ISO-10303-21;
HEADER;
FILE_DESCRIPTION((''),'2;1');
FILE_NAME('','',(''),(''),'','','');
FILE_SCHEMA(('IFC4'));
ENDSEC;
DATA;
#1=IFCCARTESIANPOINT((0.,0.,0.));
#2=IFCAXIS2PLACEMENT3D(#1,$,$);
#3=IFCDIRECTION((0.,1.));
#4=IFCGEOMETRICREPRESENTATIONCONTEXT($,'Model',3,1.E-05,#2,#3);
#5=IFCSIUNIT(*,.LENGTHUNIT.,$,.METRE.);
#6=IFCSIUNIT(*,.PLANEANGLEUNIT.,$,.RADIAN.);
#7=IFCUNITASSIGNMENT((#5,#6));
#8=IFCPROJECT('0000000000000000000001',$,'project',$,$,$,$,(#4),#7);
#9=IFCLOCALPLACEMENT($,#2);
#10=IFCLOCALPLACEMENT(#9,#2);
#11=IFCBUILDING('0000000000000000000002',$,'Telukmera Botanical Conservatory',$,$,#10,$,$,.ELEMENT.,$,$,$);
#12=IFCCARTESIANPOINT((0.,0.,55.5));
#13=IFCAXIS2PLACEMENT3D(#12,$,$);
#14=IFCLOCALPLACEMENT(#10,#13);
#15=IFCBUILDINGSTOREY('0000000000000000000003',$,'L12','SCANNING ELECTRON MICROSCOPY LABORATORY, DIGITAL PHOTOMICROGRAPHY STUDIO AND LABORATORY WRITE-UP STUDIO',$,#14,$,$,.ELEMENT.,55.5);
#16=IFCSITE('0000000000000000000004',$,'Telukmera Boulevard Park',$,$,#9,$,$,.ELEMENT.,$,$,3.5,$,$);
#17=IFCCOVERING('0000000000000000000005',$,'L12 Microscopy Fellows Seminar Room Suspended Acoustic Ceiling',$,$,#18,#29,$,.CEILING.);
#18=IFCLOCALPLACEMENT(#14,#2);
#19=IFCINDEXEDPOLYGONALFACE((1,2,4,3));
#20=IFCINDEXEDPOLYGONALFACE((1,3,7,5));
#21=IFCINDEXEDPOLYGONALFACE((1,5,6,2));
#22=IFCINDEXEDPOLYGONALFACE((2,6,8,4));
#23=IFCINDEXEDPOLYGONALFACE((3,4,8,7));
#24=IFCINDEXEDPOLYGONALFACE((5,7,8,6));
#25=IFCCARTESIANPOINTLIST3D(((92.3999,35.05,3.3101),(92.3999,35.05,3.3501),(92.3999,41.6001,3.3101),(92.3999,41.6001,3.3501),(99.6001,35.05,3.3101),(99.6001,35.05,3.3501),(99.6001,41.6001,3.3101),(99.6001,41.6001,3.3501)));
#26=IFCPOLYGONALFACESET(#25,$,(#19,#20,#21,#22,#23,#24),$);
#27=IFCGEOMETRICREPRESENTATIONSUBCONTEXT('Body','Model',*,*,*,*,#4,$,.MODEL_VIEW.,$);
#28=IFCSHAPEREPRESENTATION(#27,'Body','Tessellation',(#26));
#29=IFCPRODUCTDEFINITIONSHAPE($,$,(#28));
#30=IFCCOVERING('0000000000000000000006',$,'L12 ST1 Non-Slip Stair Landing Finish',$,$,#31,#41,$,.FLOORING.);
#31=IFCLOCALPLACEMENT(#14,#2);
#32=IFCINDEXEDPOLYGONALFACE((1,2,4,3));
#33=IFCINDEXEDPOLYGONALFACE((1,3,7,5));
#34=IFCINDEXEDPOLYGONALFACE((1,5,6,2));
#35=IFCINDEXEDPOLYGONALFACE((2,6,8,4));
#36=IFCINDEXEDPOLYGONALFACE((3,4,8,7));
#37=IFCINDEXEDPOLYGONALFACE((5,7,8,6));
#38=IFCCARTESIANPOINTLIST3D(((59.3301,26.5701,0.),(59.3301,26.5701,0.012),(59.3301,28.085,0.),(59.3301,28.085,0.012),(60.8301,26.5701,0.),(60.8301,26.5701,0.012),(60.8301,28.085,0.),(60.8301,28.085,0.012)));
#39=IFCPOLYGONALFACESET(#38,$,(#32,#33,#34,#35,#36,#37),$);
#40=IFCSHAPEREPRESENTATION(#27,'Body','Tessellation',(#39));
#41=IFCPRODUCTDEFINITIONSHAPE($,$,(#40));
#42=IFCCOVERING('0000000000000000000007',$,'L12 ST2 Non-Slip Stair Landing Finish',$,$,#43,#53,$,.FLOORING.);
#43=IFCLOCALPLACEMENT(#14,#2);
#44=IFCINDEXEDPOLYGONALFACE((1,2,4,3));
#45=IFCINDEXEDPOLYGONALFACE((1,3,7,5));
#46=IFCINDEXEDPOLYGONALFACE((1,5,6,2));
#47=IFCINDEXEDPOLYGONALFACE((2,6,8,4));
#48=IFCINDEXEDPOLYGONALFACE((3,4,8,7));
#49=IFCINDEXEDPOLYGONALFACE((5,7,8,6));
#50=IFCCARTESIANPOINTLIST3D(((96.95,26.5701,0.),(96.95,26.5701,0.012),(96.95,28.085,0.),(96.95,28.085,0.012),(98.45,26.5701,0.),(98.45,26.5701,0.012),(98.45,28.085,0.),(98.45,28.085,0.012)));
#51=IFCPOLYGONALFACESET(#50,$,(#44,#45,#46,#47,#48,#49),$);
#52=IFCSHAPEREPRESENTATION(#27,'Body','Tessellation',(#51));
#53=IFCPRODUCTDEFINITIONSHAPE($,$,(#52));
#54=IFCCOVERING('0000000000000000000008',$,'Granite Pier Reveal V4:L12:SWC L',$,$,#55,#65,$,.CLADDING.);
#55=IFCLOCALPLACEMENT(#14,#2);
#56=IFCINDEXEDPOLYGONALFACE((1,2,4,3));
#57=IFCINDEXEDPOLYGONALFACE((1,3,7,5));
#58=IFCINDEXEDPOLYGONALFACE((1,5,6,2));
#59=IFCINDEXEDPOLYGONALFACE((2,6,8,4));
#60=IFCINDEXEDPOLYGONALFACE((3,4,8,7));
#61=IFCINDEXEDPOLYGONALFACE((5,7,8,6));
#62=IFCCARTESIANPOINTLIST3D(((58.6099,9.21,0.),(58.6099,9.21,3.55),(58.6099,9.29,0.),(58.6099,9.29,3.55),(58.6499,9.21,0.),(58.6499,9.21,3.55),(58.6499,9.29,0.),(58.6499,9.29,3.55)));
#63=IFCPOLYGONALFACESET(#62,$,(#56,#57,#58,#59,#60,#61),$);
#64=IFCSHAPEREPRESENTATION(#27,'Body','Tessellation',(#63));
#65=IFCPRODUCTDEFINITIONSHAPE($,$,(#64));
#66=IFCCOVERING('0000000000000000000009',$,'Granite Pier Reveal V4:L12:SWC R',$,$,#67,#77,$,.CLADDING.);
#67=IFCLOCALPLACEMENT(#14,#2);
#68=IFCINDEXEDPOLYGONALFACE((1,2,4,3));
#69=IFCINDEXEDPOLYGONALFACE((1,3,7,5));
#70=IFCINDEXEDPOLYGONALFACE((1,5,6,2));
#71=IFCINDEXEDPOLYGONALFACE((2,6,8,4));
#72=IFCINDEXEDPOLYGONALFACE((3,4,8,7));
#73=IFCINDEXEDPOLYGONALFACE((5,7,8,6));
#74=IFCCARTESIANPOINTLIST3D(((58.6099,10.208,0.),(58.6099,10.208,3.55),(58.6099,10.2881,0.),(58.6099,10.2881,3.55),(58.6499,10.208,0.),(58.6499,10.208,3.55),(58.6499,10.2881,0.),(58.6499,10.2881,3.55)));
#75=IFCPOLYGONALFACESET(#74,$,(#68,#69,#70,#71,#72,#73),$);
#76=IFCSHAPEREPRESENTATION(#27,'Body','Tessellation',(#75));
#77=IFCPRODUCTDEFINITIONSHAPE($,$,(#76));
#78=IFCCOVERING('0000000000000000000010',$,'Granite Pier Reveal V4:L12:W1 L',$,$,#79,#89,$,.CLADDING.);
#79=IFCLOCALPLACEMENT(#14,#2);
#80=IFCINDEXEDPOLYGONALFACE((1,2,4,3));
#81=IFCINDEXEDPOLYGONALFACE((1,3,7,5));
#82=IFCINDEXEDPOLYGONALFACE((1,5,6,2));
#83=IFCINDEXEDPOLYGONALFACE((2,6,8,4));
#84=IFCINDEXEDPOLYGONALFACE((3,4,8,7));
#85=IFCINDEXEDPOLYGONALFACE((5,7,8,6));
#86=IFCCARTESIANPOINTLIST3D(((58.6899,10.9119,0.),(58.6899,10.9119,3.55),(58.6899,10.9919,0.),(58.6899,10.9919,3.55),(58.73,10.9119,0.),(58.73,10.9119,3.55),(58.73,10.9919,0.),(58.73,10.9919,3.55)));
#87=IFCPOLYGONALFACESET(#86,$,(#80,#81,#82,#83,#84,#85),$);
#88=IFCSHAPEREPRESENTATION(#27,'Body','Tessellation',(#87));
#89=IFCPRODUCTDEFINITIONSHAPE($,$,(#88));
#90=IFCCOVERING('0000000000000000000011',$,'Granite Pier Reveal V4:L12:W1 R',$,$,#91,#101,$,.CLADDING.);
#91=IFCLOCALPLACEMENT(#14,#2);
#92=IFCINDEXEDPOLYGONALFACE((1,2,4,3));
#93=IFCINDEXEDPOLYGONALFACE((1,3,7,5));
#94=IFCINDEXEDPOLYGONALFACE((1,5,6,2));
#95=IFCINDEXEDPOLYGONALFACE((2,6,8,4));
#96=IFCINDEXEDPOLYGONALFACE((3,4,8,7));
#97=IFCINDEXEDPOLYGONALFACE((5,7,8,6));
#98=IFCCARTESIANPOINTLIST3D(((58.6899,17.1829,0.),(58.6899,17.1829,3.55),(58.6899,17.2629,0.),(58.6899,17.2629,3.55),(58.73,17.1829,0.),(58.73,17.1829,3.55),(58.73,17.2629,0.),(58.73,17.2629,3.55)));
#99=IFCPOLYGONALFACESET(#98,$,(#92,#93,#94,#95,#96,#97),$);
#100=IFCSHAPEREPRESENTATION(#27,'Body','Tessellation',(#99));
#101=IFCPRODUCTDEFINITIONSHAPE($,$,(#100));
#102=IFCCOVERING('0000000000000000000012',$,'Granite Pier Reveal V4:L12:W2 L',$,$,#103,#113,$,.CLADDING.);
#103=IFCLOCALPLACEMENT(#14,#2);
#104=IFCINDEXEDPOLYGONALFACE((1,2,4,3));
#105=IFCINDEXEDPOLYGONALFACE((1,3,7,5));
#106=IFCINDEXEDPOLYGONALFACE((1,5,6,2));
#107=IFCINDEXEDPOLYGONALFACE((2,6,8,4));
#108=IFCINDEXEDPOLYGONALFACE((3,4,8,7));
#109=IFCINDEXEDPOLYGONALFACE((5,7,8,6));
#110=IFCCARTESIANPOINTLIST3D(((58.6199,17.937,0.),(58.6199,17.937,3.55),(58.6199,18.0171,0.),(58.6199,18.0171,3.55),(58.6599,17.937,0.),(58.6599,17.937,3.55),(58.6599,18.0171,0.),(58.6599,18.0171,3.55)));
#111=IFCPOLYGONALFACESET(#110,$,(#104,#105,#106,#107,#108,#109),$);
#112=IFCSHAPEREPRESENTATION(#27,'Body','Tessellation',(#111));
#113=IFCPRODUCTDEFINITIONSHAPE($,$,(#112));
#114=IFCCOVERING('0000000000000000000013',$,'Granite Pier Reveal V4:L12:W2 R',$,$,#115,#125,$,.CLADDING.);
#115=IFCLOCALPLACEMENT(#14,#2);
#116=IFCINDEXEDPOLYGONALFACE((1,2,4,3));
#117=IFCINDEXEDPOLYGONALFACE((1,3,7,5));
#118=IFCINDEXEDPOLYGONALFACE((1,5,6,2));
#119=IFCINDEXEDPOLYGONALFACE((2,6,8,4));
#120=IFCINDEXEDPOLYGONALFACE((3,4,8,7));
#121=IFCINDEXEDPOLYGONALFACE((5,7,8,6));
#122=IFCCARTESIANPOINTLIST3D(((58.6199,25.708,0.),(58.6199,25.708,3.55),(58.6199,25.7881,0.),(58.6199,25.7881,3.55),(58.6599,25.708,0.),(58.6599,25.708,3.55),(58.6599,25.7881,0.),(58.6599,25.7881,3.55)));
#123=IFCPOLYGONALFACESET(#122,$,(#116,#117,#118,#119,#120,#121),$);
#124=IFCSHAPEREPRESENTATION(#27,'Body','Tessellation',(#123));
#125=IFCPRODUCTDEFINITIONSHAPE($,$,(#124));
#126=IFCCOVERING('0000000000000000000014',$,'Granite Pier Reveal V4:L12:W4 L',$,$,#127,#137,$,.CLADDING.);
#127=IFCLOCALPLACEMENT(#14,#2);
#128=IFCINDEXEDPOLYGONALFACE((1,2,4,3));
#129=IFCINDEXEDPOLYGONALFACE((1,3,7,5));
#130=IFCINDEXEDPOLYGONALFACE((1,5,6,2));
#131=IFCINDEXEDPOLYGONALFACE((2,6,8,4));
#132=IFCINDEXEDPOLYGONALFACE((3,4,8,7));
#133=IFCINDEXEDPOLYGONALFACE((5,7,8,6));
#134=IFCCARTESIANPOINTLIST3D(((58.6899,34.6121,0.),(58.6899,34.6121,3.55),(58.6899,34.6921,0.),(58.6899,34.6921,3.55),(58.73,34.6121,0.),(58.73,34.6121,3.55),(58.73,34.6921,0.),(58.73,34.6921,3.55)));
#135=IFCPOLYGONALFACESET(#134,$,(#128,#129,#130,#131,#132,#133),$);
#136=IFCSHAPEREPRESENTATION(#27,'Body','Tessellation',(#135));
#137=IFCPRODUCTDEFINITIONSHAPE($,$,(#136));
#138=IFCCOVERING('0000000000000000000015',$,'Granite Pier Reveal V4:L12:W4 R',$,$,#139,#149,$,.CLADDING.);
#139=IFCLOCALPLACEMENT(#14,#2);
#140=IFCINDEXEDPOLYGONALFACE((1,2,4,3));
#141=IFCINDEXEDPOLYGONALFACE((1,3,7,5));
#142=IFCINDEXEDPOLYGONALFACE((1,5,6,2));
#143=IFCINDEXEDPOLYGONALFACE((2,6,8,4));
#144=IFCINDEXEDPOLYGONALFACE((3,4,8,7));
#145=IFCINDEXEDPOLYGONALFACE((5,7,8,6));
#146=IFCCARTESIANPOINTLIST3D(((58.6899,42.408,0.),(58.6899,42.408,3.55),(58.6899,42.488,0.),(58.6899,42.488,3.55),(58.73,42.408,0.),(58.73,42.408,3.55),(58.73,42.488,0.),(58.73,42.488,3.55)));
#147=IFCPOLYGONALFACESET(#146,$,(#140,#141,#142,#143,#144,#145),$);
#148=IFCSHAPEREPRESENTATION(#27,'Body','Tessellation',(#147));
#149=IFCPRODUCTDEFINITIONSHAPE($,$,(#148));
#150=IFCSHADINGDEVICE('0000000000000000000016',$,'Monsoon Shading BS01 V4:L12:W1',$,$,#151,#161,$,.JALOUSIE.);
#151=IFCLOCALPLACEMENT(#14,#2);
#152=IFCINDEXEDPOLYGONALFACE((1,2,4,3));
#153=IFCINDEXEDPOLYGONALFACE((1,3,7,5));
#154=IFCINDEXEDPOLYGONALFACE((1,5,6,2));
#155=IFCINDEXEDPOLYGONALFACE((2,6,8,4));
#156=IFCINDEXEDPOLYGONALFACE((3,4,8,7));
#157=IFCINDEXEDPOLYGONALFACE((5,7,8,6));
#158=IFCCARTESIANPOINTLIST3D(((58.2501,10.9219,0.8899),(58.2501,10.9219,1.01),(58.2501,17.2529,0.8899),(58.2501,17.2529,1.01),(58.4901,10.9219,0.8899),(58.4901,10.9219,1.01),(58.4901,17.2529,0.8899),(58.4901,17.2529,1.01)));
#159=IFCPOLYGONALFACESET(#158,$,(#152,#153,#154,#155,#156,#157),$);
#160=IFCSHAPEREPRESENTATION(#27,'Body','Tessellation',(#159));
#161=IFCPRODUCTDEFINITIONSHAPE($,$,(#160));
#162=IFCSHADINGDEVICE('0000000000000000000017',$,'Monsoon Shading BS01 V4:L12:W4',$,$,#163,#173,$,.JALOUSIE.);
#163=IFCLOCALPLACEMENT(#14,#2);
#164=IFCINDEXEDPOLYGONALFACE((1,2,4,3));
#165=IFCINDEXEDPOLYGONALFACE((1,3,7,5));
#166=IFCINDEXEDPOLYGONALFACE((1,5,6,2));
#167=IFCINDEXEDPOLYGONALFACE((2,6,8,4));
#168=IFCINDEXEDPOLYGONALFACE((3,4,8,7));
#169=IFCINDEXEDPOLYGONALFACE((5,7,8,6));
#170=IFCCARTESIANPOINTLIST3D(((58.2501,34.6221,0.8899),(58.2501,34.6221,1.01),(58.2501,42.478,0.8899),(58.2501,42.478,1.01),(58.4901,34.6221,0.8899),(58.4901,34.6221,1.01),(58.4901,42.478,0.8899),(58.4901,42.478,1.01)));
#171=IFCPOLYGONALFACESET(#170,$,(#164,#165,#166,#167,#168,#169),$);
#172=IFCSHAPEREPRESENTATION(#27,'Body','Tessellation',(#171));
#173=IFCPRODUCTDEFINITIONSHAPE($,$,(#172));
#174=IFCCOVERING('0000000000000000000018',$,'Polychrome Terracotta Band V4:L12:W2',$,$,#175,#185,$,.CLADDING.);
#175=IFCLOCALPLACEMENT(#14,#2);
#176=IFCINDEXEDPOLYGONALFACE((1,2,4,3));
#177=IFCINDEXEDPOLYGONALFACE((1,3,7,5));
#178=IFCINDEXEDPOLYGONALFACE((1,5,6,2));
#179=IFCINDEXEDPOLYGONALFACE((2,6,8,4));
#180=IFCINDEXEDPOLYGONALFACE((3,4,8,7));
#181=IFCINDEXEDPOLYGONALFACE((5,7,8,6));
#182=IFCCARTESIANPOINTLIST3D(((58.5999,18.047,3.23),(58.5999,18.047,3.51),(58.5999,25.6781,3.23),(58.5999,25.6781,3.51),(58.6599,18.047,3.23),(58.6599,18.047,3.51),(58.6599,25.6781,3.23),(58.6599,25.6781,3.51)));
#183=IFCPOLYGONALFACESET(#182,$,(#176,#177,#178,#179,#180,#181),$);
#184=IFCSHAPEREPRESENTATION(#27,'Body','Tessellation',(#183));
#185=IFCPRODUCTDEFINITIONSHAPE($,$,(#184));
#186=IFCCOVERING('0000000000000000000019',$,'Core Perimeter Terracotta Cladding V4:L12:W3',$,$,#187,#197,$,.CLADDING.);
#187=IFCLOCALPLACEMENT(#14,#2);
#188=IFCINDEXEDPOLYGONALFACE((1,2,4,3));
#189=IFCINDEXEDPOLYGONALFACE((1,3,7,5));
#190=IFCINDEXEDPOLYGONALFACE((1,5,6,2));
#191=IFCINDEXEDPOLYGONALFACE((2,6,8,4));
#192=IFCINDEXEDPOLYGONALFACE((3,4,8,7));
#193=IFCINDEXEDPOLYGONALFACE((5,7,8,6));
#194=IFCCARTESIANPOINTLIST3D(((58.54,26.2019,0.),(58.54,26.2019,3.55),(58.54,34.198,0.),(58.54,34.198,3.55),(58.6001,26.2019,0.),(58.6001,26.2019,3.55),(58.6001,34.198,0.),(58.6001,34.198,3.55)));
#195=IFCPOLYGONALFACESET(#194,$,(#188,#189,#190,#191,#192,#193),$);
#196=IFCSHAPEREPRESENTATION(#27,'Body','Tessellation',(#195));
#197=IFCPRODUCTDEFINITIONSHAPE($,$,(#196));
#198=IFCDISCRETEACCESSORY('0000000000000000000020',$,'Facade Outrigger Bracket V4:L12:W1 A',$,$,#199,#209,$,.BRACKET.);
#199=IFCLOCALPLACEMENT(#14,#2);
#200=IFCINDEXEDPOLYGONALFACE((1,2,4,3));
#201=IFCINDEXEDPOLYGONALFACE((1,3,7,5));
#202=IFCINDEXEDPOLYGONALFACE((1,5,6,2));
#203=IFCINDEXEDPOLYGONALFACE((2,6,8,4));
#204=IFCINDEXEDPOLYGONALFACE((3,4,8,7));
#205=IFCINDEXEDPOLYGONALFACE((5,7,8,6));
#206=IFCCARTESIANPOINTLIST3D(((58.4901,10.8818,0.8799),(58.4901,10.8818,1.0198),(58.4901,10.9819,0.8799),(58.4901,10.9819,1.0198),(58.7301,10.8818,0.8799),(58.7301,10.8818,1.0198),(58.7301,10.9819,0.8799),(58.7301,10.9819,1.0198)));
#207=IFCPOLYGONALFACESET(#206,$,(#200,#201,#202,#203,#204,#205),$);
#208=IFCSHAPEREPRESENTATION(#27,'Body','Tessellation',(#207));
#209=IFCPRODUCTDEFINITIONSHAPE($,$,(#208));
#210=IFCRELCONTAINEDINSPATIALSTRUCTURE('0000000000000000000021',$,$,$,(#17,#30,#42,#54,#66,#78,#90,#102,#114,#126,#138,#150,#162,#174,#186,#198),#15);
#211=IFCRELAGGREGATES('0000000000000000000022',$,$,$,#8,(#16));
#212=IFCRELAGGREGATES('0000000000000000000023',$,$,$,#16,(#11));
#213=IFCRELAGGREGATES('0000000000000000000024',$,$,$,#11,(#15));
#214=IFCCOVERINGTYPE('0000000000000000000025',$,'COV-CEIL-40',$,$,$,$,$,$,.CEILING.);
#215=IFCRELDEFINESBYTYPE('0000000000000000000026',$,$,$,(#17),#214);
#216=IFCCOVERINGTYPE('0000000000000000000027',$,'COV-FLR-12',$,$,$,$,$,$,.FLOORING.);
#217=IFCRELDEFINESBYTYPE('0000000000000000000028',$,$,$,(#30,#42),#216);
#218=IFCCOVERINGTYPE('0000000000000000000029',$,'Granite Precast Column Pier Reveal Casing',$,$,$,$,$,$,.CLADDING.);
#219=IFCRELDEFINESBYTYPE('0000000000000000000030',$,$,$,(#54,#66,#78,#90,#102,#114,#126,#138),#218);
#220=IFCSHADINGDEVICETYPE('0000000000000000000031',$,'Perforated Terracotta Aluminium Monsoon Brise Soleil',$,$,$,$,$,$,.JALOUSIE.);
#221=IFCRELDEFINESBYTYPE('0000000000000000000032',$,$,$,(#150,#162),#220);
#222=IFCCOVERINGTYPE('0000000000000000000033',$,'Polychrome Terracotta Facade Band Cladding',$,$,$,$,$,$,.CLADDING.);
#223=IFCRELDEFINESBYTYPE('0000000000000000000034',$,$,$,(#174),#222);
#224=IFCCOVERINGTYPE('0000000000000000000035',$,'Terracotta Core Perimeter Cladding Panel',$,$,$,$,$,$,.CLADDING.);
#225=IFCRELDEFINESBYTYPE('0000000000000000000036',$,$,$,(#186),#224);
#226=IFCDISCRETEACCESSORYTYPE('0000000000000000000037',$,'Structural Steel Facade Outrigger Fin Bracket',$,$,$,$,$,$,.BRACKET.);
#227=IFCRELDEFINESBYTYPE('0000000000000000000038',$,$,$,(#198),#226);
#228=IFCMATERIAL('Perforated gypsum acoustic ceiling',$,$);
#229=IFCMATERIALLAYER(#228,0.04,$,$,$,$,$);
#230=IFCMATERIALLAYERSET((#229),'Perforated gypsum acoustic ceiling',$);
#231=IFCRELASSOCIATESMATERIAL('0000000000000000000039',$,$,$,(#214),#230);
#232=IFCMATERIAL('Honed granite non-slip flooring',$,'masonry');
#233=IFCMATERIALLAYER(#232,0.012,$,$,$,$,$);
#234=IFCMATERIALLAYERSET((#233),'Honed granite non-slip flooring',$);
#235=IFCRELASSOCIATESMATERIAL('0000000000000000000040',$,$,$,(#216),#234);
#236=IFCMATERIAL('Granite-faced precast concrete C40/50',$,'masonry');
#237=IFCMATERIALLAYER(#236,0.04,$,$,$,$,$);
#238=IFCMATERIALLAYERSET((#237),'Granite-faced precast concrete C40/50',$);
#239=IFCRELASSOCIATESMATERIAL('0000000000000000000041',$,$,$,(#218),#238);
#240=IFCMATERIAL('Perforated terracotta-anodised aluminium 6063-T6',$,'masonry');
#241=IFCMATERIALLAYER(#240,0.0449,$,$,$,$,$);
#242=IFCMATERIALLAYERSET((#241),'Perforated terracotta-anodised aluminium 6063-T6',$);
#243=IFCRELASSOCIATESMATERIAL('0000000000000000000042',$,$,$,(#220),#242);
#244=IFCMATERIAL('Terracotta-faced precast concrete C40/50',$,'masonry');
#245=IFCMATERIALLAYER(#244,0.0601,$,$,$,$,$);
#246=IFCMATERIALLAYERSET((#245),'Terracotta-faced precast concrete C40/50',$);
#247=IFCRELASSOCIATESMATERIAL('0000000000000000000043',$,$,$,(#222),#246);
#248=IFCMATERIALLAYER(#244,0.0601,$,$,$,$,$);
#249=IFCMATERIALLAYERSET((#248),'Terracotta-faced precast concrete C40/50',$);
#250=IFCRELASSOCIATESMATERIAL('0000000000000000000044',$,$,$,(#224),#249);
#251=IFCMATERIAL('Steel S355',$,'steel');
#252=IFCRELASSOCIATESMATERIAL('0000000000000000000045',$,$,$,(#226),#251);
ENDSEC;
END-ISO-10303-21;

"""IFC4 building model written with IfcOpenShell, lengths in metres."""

from ifc_helpers import new_model, si_unit, direction, frame, origin, origin_2d, place, context, subcontext, project, spatial, polyline, rectangle, outline, extrude, material, layer, layer_set, type_object, element, save


model = new_model("IFC4")

# Units and contexts
model_context = context("Model", 3, precision=1e-05, world=origin(), true_north=direction((0.0, 1.0)))
body_context = subcontext(model_context, "Body", "Model", "MODEL_VIEW")
ifc_project = project(units=[si_unit("LENGTHUNIT", "METRE"), si_unit("PLANEANGLEUNIT", "RADIAN")], contexts=[model_context])

# Site, building, storey
site_placement = place(None, origin())
site = spatial("IfcSite", under=ifc_project, at=site_placement, Name="Telukmera Boulevard Park", CompositionType="ELEMENT", RefElevation=3.5)
building_placement = place(site_placement, origin())
building = spatial("IfcBuilding", under=site, at=building_placement, Name="Telukmera Botanical Conservatory", CompositionType="ELEMENT")
storey_placement = place(building_placement, frame((0.0, 0.0, 55.5)))
storey = spatial("IfcBuildingStorey", under=building, at=storey_placement, Name="L12", Description="SCANNING ELECTRON MICROSCOPY LABORATORY, DIGITAL PHOTOMICROGRAPHY STUDIO AND LABORATORY WRITE-UP STUDIO", CompositionType="ELEMENT", Elevation=55.5)

# Coverings
ifc_material_1 = material(Name="Perforated gypsum acoustic ceiling")
ifc_layer_1 = layer(ifc_material_1, 0.04)
ifc_layer_set_1 = layer_set([ifc_layer_1], Name="Perforated gypsum acoustic ceiling")
covering_type_1 = type_object("IfcCoveringType", Name="COV-CEIL-40", PredefinedType="CEILING", material=ifc_layer_set_1)
covering_1_placement = place(storey_placement, frame((0.0, 0.0, 3.3101)))
element("IfcCovering", 1, at=covering_1_placement, inside=storey, type_object=covering_type_1, Name="L12 Microscopy Fellows Seminar Room Suspended Acoustic Ceiling", PredefinedType="CEILING", context=body_context, shape_type="SweptSolid", body=[
    extrude(outline(polyline([(92.3999, 35.05), (99.6001, 35.05), (99.6001, 41.6001), (92.3999, 41.6001), (92.3999, 35.05)])), origin(), (0.0, 0.0, 1.0), 0.04),
])
ifc_material_2 = material(Name="Honed granite non-slip flooring", Category="masonry")
ifc_layer_2 = layer(ifc_material_2, 0.012)
ifc_layer_set_2 = layer_set([ifc_layer_2], Name="Honed granite non-slip flooring")
covering_type_2 = type_object("IfcCoveringType", Name="COV-FLR-12", PredefinedType="FLOORING", material=ifc_layer_set_2)
covering_2_placement = place(storey_placement, origin())
element("IfcCovering", 2, at=covering_2_placement, inside=storey, type_object=covering_type_2, Name="L12 ST1 Non-Slip Stair Landing Finish", PredefinedType="FLOORING", context=body_context, shape_type="SweptSolid", body=[
    extrude(outline(polyline([(60.8301, 26.5701), (60.8301, 28.085), (59.3301, 28.085), (59.3301, 26.5701), (60.8301, 26.5701)])), origin(), (0.0, 0.0, 1.0), 0.012),
])
covering_3_placement = place(storey_placement, origin())
element("IfcCovering", 3, at=covering_3_placement, inside=storey, type_object=covering_type_2, Name="L12 ST2 Non-Slip Stair Landing Finish", PredefinedType="FLOORING", context=body_context, shape_type="SweptSolid", body=[
    extrude(outline(polyline([(98.45, 26.5701), (98.45, 28.085), (96.95, 28.085), (96.95, 26.5701), (98.45, 26.5701)])), origin(), (0.0, 0.0, 1.0), 0.012),
])
ifc_material_3 = material(Name="Granite-faced precast concrete C40/50", Category="masonry")
ifc_layer_3 = layer(ifc_material_3, 0.04)
ifc_layer_set_3 = layer_set([ifc_layer_3], Name="Granite-faced precast concrete C40/50")
covering_type_3 = type_object("IfcCoveringType", Name="Granite Precast Column Pier Reveal Casing", PredefinedType="CLADDING", material=ifc_layer_set_3)
for number, where, z_axis, x_axis, name in (
    (4, (58.6299, 9.25, 0.0), (0.0, 0.0, 1.0), (0.0, 1.0, 0.0), "Granite Pier Reveal V4:L12:SWC L"),
    (5, (58.6299, 10.248, 0.0), (0.0, 0.0, 1.0), (0.0, 1.0, 0.0), "Granite Pier Reveal V4:L12:SWC R"),
    (6, (58.71, 10.9519, 0.0), (0.0, 0.0, 1.0), (0.0, 1.0, 0.0), "Granite Pier Reveal V4:L12:W1 L"),
    (7, (58.71, 17.2229, 0.0), (0.0, 0.0, 1.0), (0.0, 1.0, 0.0), "Granite Pier Reveal V4:L12:W1 R"),
    (8, (58.6399, 17.9771, 0.0), (0.0, 0.0, 1.0), (0.0, 1.0, 0.0), "Granite Pier Reveal V4:L12:W2 L"),
    (9, (58.6399, 25.748, 0.0), (0.0, 0.0, 1.0), (0.0, 1.0, 0.0), "Granite Pier Reveal V4:L12:W2 R"),
    (10, (58.71, 34.6521, 0.0), (0.0, 0.0, 1.0), (0.0, 1.0, 0.0), "Granite Pier Reveal V4:L12:W4 L"),
    (11, (58.71, 42.448, 0.0), (0.0, 0.0, 1.0), (0.0, 1.0, 0.0), "Granite Pier Reveal V4:L12:W4 R"),
):
    element("IfcCovering", number, at=place(storey_placement, frame(where, z_axis=z_axis, x_axis=x_axis)), inside=storey, type_object=covering_type_3, Name=name, PredefinedType="CLADDING", context=body_context, shape_type="SweptSolid", body=[
        extrude(rectangle(XDim=0.0801, YDim=0.04, at=origin_2d()), origin(), (0.0, 0.0, 1.0), 3.55),
    ])

# Shading devices
ifc_material_4 = material(Name="Perforated terracotta-anodised aluminium 6063-T6", Category="masonry")
ifc_layer_4 = layer(ifc_material_4, 0.0449)
ifc_layer_set_4 = layer_set([ifc_layer_4], Name="Perforated terracotta-anodised aluminium 6063-T6")
shading_device_type = type_object("IfcShadingDeviceType", Name="Perforated Terracotta Aluminium Monsoon Brise Soleil", PredefinedType="JALOUSIE", material=ifc_layer_set_4)
shading_device_1_placement = place(storey_placement, frame((58.3701, 14.0874, 0.8899), z_axis=(0.0, 0.0, 1.0), x_axis=(0.0, 1.0, 0.0)))
element("IfcShadingDevice", 12, at=shading_device_1_placement, inside=storey, type_object=shading_device_type, Name="Monsoon Shading BS01 V4:L12:W1", PredefinedType="JALOUSIE", context=body_context, shape_type="SweptSolid", body=[
    extrude(rectangle(XDim=6.3311, YDim=0.24, at=origin_2d()), origin(), (0.0, 0.0, 1.0), 0.1201),
])
shading_device_2_placement = place(storey_placement, frame((58.3701, 38.55, 0.8899), z_axis=(0.0, 0.0, 1.0), x_axis=(0.0, 1.0, 0.0)))
element("IfcShadingDevice", 13, at=shading_device_2_placement, inside=storey, type_object=shading_device_type, Name="Monsoon Shading BS01 V4:L12:W4", PredefinedType="JALOUSIE", context=body_context, shape_type="SweptSolid", body=[
    extrude(rectangle(XDim=7.856, YDim=0.24, at=origin_2d()), origin(), (0.0, 0.0, 1.0), 0.1201),
])

# Coverings
ifc_material_5 = material(Name="Terracotta-faced precast concrete C40/50", Category="masonry")
ifc_layer_5 = layer(ifc_material_5, 0.0601)
ifc_layer_set_5 = layer_set([ifc_layer_5], Name="Terracotta-faced precast concrete C40/50")
covering_type_4 = type_object("IfcCoveringType", Name="Polychrome Terracotta Facade Band Cladding", PredefinedType="CLADDING", material=ifc_layer_set_5)
covering_4_placement = place(storey_placement, frame((58.6299, 21.8625, 3.23), z_axis=(0.0, 0.0, 1.0), x_axis=(0.0, 1.0, 0.0)))
element("IfcCovering", 14, at=covering_4_placement, inside=storey, type_object=covering_type_4, Name="Polychrome Terracotta Band V4:L12:W2", PredefinedType="CLADDING", context=body_context, shape_type="SweptSolid", body=[
    extrude(rectangle(XDim=7.6311, YDim=0.0601, at=origin_2d()), origin(), (0.0, 0.0, 1.0), 0.28),
])
ifc_layer_6 = layer(ifc_material_5, 0.0601)
ifc_layer_set_6 = layer_set([ifc_layer_6], Name="Terracotta-faced precast concrete C40/50")
covering_type_5 = type_object("IfcCoveringType", Name="Terracotta Core Perimeter Cladding Panel", PredefinedType="CLADDING", material=ifc_layer_set_6)
covering_5_placement = place(storey_placement, frame((58.5701, 30.2, 0.0), z_axis=(0.0, 0.0, 1.0), x_axis=(0.0, 1.0, 0.0)))
element("IfcCovering", 15, at=covering_5_placement, inside=storey, type_object=covering_type_5, Name="Core Perimeter Terracotta Cladding V4:L12:W3", PredefinedType="CLADDING", context=body_context, shape_type="SweptSolid", body=[
    extrude(rectangle(XDim=7.9961, YDim=0.0601, at=origin_2d()), origin(), (0.0, 0.0, 1.0), 3.55),
])

# Discrete accessory
ifc_material_6 = material(Name="Steel S355", Category="steel")
discrete_accessory_type = type_object("IfcDiscreteAccessoryType", Name="Structural Steel Facade Outrigger Fin Bracket", PredefinedType="BRACKET", material=ifc_material_6)
for number, where, z_axis, x_axis, name in (
    (16, (58.6101, 10.9319, 0.8799), (0.0, 0.0, 1.0), (0.0, 1.0, 0.0), "Facade Outrigger Bracket V4:L12:W1 A"),
):
    element("IfcDiscreteAccessory", number, at=place(storey_placement, frame(where, z_axis=z_axis, x_axis=x_axis)), inside=storey, type_object=discrete_accessory_type, Name=name, PredefinedType="BRACKET", context=body_context, shape_type="SweptSolid", body=[
        extrude(rectangle(XDim=0.1001, YDim=0.24, at=origin_2d()), origin(), (0.0, 0.0, 1.0), 0.1399),
    ])

save(model, "model.ifc")
